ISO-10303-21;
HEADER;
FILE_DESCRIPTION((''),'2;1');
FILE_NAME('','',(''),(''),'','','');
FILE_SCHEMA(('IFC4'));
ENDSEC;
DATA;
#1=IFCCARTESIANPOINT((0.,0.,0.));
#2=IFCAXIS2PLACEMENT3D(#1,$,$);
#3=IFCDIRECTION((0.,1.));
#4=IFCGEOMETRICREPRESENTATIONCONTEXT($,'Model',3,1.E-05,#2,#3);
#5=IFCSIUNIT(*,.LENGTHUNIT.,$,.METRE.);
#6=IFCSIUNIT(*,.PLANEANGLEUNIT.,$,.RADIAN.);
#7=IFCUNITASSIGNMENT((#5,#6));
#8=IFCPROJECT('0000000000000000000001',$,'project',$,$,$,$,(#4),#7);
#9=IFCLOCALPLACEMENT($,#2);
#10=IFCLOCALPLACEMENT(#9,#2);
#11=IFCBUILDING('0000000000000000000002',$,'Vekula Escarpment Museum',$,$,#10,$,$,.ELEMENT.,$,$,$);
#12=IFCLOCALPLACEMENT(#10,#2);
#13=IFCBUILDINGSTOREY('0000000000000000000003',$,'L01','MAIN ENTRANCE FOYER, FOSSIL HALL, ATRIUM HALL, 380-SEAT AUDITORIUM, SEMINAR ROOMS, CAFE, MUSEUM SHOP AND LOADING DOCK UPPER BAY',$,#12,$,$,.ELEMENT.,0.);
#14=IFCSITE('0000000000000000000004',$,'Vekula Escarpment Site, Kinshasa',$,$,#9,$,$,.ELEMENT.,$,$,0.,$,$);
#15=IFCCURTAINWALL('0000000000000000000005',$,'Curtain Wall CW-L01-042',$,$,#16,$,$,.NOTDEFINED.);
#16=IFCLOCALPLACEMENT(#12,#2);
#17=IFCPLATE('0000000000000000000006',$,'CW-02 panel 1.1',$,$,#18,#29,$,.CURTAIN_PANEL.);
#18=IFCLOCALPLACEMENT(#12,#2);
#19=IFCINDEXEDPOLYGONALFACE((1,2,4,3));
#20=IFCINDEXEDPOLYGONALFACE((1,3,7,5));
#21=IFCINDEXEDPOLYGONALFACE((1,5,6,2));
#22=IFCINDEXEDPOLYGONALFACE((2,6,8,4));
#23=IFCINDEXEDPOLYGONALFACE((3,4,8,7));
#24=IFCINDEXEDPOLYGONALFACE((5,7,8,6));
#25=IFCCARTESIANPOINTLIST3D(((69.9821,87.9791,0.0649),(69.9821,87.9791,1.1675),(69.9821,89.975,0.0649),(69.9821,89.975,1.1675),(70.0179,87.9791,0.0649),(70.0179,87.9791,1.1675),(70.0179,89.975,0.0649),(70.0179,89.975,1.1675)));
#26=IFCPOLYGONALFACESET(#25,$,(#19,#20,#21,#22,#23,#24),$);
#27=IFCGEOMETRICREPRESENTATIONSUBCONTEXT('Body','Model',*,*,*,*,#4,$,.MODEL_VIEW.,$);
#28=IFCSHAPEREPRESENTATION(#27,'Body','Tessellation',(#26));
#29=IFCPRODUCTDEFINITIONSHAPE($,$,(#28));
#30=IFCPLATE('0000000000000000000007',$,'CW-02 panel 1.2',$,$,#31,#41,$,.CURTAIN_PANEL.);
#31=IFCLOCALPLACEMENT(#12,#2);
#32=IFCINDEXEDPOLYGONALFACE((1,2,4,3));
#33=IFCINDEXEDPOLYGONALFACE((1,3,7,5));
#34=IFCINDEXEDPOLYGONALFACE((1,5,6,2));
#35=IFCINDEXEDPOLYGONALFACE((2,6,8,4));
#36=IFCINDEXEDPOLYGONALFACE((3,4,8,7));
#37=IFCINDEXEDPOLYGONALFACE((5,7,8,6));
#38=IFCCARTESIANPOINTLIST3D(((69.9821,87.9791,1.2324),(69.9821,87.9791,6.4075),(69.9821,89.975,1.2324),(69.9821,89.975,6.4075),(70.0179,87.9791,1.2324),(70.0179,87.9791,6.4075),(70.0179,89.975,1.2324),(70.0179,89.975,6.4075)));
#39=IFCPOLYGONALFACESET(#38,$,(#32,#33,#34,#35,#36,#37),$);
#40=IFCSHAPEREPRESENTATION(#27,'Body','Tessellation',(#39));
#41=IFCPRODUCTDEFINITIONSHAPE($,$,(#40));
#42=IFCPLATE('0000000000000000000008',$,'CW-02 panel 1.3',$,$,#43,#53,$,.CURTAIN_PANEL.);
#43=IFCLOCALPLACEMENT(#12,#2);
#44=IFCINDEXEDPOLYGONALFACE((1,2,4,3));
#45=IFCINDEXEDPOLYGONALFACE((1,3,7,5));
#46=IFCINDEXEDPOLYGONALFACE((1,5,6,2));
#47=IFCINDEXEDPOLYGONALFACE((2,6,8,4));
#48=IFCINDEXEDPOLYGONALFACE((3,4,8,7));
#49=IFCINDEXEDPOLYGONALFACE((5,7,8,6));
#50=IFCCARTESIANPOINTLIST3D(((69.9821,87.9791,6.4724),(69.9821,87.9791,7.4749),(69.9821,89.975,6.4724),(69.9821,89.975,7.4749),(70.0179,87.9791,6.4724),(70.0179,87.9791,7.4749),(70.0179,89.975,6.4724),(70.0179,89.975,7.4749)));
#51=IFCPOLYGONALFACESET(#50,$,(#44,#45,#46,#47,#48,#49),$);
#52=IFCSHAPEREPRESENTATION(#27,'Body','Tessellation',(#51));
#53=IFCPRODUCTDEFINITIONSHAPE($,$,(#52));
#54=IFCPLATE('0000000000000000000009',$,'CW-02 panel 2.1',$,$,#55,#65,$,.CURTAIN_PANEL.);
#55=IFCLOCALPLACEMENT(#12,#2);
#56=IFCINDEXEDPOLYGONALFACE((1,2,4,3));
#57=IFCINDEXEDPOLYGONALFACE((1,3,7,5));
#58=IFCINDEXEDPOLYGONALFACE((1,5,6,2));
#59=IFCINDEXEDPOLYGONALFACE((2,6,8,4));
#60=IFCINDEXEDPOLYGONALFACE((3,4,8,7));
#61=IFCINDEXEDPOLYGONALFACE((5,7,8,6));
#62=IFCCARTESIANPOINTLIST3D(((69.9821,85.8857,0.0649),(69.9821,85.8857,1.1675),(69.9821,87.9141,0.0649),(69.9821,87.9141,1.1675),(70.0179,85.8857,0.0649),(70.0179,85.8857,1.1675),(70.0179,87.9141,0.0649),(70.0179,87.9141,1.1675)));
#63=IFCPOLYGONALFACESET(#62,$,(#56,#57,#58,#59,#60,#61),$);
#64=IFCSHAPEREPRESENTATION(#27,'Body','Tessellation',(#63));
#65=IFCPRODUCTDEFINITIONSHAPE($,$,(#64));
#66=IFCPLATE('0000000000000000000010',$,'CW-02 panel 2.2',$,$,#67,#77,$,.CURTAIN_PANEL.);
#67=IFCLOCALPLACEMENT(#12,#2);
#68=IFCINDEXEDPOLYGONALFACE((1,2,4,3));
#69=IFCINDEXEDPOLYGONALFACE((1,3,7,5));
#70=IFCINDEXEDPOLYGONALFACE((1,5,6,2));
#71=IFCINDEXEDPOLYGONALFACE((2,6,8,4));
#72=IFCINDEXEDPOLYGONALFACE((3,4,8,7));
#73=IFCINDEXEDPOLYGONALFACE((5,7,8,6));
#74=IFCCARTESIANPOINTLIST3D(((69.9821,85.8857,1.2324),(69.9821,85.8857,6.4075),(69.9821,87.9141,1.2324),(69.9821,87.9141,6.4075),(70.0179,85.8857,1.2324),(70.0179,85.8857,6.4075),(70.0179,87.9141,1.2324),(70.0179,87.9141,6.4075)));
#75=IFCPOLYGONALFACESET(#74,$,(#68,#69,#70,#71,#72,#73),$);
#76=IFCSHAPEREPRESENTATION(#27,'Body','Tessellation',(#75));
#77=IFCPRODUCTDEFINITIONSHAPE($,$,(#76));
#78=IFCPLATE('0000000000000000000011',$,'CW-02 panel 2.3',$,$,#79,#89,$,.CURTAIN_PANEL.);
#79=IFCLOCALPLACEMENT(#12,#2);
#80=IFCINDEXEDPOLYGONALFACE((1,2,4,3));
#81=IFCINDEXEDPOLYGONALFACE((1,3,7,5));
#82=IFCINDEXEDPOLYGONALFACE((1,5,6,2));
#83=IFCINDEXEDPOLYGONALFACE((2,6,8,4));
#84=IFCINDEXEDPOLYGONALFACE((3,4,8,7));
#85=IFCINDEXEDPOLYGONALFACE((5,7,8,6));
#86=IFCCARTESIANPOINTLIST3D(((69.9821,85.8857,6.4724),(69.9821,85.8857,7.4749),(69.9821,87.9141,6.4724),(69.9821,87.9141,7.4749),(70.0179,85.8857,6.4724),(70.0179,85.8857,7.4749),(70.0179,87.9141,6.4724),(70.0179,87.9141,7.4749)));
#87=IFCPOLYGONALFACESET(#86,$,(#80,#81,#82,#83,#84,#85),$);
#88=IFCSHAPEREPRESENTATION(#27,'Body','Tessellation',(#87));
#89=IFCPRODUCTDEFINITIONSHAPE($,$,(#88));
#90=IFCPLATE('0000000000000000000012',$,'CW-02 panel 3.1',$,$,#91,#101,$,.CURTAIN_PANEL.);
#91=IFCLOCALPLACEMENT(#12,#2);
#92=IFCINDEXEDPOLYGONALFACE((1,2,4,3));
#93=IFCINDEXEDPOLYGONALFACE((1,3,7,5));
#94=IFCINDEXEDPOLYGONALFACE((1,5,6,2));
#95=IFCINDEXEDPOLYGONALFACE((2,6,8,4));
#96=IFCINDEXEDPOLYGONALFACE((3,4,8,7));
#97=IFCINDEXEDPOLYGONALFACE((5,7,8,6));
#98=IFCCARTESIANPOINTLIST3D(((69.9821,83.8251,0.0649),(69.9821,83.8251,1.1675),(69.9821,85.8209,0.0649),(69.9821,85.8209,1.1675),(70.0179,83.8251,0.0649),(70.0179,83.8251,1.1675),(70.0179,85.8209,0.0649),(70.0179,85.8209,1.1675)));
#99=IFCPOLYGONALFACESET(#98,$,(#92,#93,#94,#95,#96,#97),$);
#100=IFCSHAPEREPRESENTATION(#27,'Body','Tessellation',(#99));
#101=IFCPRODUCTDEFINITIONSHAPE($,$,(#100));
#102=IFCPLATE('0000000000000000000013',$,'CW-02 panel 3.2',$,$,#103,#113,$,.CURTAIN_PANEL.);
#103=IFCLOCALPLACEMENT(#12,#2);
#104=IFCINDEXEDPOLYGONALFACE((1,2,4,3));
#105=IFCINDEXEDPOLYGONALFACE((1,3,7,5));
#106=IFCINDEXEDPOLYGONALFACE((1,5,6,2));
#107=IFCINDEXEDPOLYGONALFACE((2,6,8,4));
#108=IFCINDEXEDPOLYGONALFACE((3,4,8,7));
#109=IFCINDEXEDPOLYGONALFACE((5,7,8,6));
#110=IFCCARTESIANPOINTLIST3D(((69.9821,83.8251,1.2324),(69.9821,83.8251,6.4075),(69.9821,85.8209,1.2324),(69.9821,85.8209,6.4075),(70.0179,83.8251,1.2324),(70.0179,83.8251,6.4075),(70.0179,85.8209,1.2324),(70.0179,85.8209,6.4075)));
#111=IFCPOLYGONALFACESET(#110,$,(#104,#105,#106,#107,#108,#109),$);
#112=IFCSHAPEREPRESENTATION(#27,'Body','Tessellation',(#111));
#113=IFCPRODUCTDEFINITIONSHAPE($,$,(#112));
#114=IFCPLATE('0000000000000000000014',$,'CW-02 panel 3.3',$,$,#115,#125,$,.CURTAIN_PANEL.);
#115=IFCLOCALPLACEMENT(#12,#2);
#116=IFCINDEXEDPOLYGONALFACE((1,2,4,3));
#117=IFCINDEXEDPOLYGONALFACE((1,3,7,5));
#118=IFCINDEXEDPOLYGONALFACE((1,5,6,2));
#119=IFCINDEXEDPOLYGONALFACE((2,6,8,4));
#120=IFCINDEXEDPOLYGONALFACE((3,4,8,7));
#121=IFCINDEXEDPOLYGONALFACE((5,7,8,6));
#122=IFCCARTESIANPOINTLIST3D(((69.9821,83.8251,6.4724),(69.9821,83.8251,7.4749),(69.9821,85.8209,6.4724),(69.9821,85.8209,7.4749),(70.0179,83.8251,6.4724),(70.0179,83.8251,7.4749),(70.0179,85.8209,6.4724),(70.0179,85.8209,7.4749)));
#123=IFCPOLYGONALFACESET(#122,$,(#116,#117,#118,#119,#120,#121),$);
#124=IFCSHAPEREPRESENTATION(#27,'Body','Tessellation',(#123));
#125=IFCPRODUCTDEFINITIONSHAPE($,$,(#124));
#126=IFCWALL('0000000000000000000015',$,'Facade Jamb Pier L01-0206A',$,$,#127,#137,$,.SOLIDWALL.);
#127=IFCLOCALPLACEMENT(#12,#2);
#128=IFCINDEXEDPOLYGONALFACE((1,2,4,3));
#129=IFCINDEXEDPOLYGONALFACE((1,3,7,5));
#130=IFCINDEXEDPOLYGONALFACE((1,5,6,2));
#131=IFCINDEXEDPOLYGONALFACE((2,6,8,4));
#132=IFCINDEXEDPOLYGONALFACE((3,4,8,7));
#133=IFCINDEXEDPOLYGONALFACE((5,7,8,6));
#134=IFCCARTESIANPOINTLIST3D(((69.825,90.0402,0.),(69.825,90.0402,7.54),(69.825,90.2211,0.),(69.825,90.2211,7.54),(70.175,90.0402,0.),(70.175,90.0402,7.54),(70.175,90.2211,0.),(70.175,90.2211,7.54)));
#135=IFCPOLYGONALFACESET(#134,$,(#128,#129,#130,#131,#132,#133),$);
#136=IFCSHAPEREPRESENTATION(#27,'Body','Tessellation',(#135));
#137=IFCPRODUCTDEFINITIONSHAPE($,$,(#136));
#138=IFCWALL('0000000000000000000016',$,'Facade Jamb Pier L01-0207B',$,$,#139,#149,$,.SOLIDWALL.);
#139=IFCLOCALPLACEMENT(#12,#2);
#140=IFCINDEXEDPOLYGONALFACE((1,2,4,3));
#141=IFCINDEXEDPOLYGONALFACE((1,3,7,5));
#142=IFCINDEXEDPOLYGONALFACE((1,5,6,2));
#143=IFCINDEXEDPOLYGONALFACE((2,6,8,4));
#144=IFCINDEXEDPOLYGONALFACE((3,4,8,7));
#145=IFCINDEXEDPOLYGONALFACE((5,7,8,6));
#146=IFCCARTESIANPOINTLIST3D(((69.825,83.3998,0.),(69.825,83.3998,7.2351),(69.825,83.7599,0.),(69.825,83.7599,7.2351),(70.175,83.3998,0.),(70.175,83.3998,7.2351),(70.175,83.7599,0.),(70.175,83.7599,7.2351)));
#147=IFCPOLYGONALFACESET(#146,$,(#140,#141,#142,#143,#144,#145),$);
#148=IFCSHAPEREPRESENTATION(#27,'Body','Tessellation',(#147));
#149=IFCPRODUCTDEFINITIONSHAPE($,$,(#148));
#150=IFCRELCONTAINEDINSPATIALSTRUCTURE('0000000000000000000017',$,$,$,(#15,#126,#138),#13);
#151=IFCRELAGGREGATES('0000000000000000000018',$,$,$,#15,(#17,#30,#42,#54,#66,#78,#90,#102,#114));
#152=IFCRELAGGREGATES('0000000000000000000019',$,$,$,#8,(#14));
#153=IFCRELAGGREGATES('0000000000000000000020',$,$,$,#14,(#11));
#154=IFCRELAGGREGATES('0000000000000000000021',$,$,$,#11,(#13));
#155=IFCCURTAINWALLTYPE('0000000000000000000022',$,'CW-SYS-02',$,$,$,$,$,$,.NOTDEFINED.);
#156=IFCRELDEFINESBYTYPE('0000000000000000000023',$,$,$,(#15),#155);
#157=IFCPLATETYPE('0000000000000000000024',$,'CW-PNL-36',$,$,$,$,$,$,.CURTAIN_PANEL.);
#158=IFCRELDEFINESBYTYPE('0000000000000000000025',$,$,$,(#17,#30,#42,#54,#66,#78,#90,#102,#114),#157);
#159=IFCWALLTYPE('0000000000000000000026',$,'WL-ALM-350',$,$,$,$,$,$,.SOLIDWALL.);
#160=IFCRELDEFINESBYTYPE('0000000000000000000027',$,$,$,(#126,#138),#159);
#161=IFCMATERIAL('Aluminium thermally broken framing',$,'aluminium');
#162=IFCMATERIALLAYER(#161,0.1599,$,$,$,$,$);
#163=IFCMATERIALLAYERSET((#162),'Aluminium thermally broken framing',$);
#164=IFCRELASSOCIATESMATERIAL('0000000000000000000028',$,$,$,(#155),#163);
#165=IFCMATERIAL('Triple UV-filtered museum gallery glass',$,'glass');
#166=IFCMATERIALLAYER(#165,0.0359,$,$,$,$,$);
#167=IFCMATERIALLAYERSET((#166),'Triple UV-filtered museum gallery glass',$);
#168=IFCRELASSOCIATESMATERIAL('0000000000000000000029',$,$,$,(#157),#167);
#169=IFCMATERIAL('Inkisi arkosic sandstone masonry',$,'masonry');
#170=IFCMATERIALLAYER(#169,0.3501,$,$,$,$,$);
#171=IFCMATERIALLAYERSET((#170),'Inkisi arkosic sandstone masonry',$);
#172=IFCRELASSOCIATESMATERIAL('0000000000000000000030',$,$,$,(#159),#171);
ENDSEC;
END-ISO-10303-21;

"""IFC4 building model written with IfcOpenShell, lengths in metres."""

from ifc_helpers import new_model, si_unit, direction, frame, frame_2d, origin, origin_2d, place, context, subcontext, project, spatial, rectangle, extrude, material, layer, layer_set, type_object, element, aggregate, save


model = new_model("IFC4")

# Units and contexts
model_context = context("Model", 3, precision=1e-05, world=origin(), true_north=direction((0.0, 1.0)))
body_context = subcontext(model_context, "Body", "Model", "MODEL_VIEW")
ifc_project = project(units=[si_unit("LENGTHUNIT", "METRE"), si_unit("PLANEANGLEUNIT", "RADIAN")], contexts=[model_context])

# Site, building, storey
site_placement = place(None, origin())
site = spatial("IfcSite", under=ifc_project, at=site_placement, Name="Vekula Escarpment Site, Kinshasa", CompositionType="ELEMENT", RefElevation=0.0)
building_placement = place(site_placement, origin())
building = spatial("IfcBuilding", under=site, at=building_placement, Name="Vekula Escarpment Museum", CompositionType="ELEMENT")
storey_placement = place(building_placement, origin())
storey = spatial("IfcBuildingStorey", under=building, at=storey_placement, Name="L01", Description="MAIN ENTRANCE FOYER, FOSSIL HALL, ATRIUM HALL, 380-SEAT AUDITORIUM, SEMINAR ROOMS, CAFE, MUSEUM SHOP AND LOADING DOCK UPPER BAY", CompositionType="ELEMENT", Elevation=0.0)

# Curtain wall
ifc_material_1 = material(Name="Aluminium thermally broken framing", Category="aluminium")
ifc_layer_1 = layer(ifc_material_1, 0.1599)
ifc_layer_set_1 = layer_set([ifc_layer_1], Name="Aluminium thermally broken framing")
curtain_wall_type = type_object("IfcCurtainWallType", Name="CW-SYS-02", PredefinedType="NOTDEFINED", material=ifc_layer_set_1)
curtain_wall_placement = place(storey_placement, origin())
curtain_wall = element("IfcCurtainWall", 1, at=curtain_wall_placement, inside=storey, type_object=curtain_wall_type, Name="Curtain Wall CW-L01-042", PredefinedType="NOTDEFINED")

# Plates
ifc_material_2 = material(Name="Triple UV-filtered museum gallery glass", Category="glass")
ifc_layer_2 = layer(ifc_material_2, 0.0359)
ifc_layer_set_2 = layer_set([ifc_layer_2], Name="Triple UV-filtered museum gallery glass")
plate_type = type_object("IfcPlateType", Name="CW-PNL-36", PredefinedType="CURTAIN_PANEL", material=ifc_layer_set_2)
plate_1_placement = place(storey_placement, frame((70.0, 88.9771, 0.0649), z_axis=(0.0, 0.0, 1.0), x_axis=(0.0, -1.0, 0.0)))
plate_1 = element("IfcPlate", 2, at=plate_1_placement, type_object=plate_type, Name="CW-02 panel 1.1", PredefinedType="CURTAIN_PANEL", context=body_context, shape_type="SweptSolid", body=[
    extrude(rectangle(XDim=1.9958, YDim=0.0359, at=origin_2d()), origin(), (0.0, 0.0, 1.0), 1.1025),
])
plate_2_placement = place(storey_placement, frame((70.0, 88.9771, 1.2324), z_axis=(0.0, 0.0, 1.0), x_axis=(0.0, -1.0, 0.0)))
plate_2 = element("IfcPlate", 3, at=plate_2_placement, type_object=plate_type, Name="CW-02 panel 1.2", PredefinedType="CURTAIN_PANEL", context=body_context, shape_type="SweptSolid", body=[
    extrude(rectangle(XDim=1.9958, YDim=0.0359, at=origin_2d()), origin(), (0.0, 0.0, 1.0), 5.175),
])
plate_3_placement = place(storey_placement, frame((70.0, 88.9771, 6.4724), z_axis=(0.0, 0.0, 1.0), x_axis=(0.0, -1.0, 0.0)))
plate_3 = element("IfcPlate", 4, at=plate_3_placement, type_object=plate_type, Name="CW-02 panel 1.3", PredefinedType="CURTAIN_PANEL", context=body_context, shape_type="SweptSolid", body=[
    extrude(rectangle(XDim=1.9958, YDim=0.0359, at=origin_2d()), origin(), (0.0, 0.0, 1.0), 1.0024),
])
plate_4_placement = place(storey_placement, frame((70.0, 86.8999, 0.0649), z_axis=(0.0, 0.0, 1.0), x_axis=(0.0, -1.0, 0.0)))
plate_4 = element("IfcPlate", 5, at=plate_4_placement, type_object=plate_type, Name="CW-02 panel 2.1", PredefinedType="CURTAIN_PANEL", context=body_context, shape_type="SweptSolid", body=[
    extrude(rectangle(XDim=2.0283, YDim=0.0359, at=origin_2d()), origin(), (0.0, 0.0, 1.0), 1.1025),
])
plate_5_placement = place(storey_placement, frame((70.0, 86.8999, 1.2324), z_axis=(0.0, 0.0, 1.0), x_axis=(0.0, -1.0, 0.0)))
plate_5 = element("IfcPlate", 6, at=plate_5_placement, type_object=plate_type, Name="CW-02 panel 2.2", PredefinedType="CURTAIN_PANEL", context=body_context, shape_type="SweptSolid", body=[
    extrude(rectangle(XDim=2.0283, YDim=0.0359, at=origin_2d()), origin(), (0.0, 0.0, 1.0), 5.175),
])
plate_6_placement = place(storey_placement, frame((70.0, 86.8999, 6.4724), z_axis=(0.0, 0.0, 1.0), x_axis=(0.0, -1.0, 0.0)))
plate_6 = element("IfcPlate", 7, at=plate_6_placement, type_object=plate_type, Name="CW-02 panel 2.3", PredefinedType="CURTAIN_PANEL", context=body_context, shape_type="SweptSolid", body=[
    extrude(rectangle(XDim=2.0283, YDim=0.0359, at=origin_2d()), origin(), (0.0, 0.0, 1.0), 1.0024),
])
plate_7_placement = place(storey_placement, frame((70.0, 84.823, 0.0649), z_axis=(0.0, 0.0, 1.0), x_axis=(0.0, -1.0, 0.0)))
plate_7 = element("IfcPlate", 8, at=plate_7_placement, type_object=plate_type, Name="CW-02 panel 3.1", PredefinedType="CURTAIN_PANEL", context=body_context, shape_type="SweptSolid", body=[
    extrude(rectangle(XDim=1.9958, YDim=0.0359, at=origin_2d()), origin(), (0.0, 0.0, 1.0), 1.1025),
])
plate_8_placement = place(storey_placement, frame((70.0, 84.823, 1.2324), z_axis=(0.0, 0.0, 1.0), x_axis=(0.0, -1.0, 0.0)))
plate_8 = element("IfcPlate", 9, at=plate_8_placement, type_object=plate_type, Name="CW-02 panel 3.2", PredefinedType="CURTAIN_PANEL", context=body_context, shape_type="SweptSolid", body=[
    extrude(rectangle(XDim=1.9958, YDim=0.0359, at=origin_2d()), origin(), (0.0, 0.0, 1.0), 5.175),
])
plate_9_placement = place(storey_placement, frame((70.0, 84.823, 6.4724), z_axis=(0.0, 0.0, 1.0), x_axis=(0.0, -1.0, 0.0)))
plate_9 = element("IfcPlate", 10, at=plate_9_placement, type_object=plate_type, Name="CW-02 panel 3.3", PredefinedType="CURTAIN_PANEL", context=body_context, shape_type="SweptSolid", body=[
    extrude(rectangle(XDim=1.9958, YDim=0.0359, at=origin_2d()), origin(), (0.0, 0.0, 1.0), 1.0024),
])
aggregate(curtain_wall, [plate_1, plate_2, plate_3, plate_4, plate_5, plate_6, plate_7, plate_8, plate_9])

# Walls
ifc_material_3 = material(Name="Inkisi arkosic sandstone masonry", Category="masonry")
ifc_layer_3 = layer(ifc_material_3, 0.3501)
ifc_layer_set_3 = layer_set([ifc_layer_3], Name="Inkisi arkosic sandstone masonry")
wall_type = type_object("IfcWallType", Name="WL-ALM-350", PredefinedType="SOLIDWALL", material=ifc_layer_set_3)
wall_1_placement = place(storey_placement, frame((70.0, 90.2209, 0.0), z_axis=(0.0, 0.0, 1.0), x_axis=(0.0, -1.0, 0.0)))
element("IfcWall", 11, at=wall_1_placement, inside=storey, type_object=wall_type, Name="Facade Jamb Pier L01-0206A", PredefinedType="SOLIDWALL", context=body_context, shape_type="SweptSolid", body=[
    extrude(rectangle(XDim=0.1809, YDim=0.3501, at=frame_2d((0.0903, 0.0))), origin(), (0.0, 0.0, 1.0), 7.54),
])
wall_2_placement = place(storey_placement, frame((70.0, 83.76, 0.0), z_axis=(0.0, 0.0, 1.0), x_axis=(0.0, -1.0, 0.0)))
element("IfcWall", 12, at=wall_2_placement, inside=storey, type_object=wall_type, Name="Facade Jamb Pier L01-0207B", PredefinedType="SOLIDWALL", context=body_context, shape_type="SweptSolid", body=[
    extrude(rectangle(XDim=0.3601, YDim=0.3501, at=frame_2d((0.1802, 0.0))), origin(), (0.0, 0.0, 1.0), 7.2351),
])

save(model, "model.ifc")
